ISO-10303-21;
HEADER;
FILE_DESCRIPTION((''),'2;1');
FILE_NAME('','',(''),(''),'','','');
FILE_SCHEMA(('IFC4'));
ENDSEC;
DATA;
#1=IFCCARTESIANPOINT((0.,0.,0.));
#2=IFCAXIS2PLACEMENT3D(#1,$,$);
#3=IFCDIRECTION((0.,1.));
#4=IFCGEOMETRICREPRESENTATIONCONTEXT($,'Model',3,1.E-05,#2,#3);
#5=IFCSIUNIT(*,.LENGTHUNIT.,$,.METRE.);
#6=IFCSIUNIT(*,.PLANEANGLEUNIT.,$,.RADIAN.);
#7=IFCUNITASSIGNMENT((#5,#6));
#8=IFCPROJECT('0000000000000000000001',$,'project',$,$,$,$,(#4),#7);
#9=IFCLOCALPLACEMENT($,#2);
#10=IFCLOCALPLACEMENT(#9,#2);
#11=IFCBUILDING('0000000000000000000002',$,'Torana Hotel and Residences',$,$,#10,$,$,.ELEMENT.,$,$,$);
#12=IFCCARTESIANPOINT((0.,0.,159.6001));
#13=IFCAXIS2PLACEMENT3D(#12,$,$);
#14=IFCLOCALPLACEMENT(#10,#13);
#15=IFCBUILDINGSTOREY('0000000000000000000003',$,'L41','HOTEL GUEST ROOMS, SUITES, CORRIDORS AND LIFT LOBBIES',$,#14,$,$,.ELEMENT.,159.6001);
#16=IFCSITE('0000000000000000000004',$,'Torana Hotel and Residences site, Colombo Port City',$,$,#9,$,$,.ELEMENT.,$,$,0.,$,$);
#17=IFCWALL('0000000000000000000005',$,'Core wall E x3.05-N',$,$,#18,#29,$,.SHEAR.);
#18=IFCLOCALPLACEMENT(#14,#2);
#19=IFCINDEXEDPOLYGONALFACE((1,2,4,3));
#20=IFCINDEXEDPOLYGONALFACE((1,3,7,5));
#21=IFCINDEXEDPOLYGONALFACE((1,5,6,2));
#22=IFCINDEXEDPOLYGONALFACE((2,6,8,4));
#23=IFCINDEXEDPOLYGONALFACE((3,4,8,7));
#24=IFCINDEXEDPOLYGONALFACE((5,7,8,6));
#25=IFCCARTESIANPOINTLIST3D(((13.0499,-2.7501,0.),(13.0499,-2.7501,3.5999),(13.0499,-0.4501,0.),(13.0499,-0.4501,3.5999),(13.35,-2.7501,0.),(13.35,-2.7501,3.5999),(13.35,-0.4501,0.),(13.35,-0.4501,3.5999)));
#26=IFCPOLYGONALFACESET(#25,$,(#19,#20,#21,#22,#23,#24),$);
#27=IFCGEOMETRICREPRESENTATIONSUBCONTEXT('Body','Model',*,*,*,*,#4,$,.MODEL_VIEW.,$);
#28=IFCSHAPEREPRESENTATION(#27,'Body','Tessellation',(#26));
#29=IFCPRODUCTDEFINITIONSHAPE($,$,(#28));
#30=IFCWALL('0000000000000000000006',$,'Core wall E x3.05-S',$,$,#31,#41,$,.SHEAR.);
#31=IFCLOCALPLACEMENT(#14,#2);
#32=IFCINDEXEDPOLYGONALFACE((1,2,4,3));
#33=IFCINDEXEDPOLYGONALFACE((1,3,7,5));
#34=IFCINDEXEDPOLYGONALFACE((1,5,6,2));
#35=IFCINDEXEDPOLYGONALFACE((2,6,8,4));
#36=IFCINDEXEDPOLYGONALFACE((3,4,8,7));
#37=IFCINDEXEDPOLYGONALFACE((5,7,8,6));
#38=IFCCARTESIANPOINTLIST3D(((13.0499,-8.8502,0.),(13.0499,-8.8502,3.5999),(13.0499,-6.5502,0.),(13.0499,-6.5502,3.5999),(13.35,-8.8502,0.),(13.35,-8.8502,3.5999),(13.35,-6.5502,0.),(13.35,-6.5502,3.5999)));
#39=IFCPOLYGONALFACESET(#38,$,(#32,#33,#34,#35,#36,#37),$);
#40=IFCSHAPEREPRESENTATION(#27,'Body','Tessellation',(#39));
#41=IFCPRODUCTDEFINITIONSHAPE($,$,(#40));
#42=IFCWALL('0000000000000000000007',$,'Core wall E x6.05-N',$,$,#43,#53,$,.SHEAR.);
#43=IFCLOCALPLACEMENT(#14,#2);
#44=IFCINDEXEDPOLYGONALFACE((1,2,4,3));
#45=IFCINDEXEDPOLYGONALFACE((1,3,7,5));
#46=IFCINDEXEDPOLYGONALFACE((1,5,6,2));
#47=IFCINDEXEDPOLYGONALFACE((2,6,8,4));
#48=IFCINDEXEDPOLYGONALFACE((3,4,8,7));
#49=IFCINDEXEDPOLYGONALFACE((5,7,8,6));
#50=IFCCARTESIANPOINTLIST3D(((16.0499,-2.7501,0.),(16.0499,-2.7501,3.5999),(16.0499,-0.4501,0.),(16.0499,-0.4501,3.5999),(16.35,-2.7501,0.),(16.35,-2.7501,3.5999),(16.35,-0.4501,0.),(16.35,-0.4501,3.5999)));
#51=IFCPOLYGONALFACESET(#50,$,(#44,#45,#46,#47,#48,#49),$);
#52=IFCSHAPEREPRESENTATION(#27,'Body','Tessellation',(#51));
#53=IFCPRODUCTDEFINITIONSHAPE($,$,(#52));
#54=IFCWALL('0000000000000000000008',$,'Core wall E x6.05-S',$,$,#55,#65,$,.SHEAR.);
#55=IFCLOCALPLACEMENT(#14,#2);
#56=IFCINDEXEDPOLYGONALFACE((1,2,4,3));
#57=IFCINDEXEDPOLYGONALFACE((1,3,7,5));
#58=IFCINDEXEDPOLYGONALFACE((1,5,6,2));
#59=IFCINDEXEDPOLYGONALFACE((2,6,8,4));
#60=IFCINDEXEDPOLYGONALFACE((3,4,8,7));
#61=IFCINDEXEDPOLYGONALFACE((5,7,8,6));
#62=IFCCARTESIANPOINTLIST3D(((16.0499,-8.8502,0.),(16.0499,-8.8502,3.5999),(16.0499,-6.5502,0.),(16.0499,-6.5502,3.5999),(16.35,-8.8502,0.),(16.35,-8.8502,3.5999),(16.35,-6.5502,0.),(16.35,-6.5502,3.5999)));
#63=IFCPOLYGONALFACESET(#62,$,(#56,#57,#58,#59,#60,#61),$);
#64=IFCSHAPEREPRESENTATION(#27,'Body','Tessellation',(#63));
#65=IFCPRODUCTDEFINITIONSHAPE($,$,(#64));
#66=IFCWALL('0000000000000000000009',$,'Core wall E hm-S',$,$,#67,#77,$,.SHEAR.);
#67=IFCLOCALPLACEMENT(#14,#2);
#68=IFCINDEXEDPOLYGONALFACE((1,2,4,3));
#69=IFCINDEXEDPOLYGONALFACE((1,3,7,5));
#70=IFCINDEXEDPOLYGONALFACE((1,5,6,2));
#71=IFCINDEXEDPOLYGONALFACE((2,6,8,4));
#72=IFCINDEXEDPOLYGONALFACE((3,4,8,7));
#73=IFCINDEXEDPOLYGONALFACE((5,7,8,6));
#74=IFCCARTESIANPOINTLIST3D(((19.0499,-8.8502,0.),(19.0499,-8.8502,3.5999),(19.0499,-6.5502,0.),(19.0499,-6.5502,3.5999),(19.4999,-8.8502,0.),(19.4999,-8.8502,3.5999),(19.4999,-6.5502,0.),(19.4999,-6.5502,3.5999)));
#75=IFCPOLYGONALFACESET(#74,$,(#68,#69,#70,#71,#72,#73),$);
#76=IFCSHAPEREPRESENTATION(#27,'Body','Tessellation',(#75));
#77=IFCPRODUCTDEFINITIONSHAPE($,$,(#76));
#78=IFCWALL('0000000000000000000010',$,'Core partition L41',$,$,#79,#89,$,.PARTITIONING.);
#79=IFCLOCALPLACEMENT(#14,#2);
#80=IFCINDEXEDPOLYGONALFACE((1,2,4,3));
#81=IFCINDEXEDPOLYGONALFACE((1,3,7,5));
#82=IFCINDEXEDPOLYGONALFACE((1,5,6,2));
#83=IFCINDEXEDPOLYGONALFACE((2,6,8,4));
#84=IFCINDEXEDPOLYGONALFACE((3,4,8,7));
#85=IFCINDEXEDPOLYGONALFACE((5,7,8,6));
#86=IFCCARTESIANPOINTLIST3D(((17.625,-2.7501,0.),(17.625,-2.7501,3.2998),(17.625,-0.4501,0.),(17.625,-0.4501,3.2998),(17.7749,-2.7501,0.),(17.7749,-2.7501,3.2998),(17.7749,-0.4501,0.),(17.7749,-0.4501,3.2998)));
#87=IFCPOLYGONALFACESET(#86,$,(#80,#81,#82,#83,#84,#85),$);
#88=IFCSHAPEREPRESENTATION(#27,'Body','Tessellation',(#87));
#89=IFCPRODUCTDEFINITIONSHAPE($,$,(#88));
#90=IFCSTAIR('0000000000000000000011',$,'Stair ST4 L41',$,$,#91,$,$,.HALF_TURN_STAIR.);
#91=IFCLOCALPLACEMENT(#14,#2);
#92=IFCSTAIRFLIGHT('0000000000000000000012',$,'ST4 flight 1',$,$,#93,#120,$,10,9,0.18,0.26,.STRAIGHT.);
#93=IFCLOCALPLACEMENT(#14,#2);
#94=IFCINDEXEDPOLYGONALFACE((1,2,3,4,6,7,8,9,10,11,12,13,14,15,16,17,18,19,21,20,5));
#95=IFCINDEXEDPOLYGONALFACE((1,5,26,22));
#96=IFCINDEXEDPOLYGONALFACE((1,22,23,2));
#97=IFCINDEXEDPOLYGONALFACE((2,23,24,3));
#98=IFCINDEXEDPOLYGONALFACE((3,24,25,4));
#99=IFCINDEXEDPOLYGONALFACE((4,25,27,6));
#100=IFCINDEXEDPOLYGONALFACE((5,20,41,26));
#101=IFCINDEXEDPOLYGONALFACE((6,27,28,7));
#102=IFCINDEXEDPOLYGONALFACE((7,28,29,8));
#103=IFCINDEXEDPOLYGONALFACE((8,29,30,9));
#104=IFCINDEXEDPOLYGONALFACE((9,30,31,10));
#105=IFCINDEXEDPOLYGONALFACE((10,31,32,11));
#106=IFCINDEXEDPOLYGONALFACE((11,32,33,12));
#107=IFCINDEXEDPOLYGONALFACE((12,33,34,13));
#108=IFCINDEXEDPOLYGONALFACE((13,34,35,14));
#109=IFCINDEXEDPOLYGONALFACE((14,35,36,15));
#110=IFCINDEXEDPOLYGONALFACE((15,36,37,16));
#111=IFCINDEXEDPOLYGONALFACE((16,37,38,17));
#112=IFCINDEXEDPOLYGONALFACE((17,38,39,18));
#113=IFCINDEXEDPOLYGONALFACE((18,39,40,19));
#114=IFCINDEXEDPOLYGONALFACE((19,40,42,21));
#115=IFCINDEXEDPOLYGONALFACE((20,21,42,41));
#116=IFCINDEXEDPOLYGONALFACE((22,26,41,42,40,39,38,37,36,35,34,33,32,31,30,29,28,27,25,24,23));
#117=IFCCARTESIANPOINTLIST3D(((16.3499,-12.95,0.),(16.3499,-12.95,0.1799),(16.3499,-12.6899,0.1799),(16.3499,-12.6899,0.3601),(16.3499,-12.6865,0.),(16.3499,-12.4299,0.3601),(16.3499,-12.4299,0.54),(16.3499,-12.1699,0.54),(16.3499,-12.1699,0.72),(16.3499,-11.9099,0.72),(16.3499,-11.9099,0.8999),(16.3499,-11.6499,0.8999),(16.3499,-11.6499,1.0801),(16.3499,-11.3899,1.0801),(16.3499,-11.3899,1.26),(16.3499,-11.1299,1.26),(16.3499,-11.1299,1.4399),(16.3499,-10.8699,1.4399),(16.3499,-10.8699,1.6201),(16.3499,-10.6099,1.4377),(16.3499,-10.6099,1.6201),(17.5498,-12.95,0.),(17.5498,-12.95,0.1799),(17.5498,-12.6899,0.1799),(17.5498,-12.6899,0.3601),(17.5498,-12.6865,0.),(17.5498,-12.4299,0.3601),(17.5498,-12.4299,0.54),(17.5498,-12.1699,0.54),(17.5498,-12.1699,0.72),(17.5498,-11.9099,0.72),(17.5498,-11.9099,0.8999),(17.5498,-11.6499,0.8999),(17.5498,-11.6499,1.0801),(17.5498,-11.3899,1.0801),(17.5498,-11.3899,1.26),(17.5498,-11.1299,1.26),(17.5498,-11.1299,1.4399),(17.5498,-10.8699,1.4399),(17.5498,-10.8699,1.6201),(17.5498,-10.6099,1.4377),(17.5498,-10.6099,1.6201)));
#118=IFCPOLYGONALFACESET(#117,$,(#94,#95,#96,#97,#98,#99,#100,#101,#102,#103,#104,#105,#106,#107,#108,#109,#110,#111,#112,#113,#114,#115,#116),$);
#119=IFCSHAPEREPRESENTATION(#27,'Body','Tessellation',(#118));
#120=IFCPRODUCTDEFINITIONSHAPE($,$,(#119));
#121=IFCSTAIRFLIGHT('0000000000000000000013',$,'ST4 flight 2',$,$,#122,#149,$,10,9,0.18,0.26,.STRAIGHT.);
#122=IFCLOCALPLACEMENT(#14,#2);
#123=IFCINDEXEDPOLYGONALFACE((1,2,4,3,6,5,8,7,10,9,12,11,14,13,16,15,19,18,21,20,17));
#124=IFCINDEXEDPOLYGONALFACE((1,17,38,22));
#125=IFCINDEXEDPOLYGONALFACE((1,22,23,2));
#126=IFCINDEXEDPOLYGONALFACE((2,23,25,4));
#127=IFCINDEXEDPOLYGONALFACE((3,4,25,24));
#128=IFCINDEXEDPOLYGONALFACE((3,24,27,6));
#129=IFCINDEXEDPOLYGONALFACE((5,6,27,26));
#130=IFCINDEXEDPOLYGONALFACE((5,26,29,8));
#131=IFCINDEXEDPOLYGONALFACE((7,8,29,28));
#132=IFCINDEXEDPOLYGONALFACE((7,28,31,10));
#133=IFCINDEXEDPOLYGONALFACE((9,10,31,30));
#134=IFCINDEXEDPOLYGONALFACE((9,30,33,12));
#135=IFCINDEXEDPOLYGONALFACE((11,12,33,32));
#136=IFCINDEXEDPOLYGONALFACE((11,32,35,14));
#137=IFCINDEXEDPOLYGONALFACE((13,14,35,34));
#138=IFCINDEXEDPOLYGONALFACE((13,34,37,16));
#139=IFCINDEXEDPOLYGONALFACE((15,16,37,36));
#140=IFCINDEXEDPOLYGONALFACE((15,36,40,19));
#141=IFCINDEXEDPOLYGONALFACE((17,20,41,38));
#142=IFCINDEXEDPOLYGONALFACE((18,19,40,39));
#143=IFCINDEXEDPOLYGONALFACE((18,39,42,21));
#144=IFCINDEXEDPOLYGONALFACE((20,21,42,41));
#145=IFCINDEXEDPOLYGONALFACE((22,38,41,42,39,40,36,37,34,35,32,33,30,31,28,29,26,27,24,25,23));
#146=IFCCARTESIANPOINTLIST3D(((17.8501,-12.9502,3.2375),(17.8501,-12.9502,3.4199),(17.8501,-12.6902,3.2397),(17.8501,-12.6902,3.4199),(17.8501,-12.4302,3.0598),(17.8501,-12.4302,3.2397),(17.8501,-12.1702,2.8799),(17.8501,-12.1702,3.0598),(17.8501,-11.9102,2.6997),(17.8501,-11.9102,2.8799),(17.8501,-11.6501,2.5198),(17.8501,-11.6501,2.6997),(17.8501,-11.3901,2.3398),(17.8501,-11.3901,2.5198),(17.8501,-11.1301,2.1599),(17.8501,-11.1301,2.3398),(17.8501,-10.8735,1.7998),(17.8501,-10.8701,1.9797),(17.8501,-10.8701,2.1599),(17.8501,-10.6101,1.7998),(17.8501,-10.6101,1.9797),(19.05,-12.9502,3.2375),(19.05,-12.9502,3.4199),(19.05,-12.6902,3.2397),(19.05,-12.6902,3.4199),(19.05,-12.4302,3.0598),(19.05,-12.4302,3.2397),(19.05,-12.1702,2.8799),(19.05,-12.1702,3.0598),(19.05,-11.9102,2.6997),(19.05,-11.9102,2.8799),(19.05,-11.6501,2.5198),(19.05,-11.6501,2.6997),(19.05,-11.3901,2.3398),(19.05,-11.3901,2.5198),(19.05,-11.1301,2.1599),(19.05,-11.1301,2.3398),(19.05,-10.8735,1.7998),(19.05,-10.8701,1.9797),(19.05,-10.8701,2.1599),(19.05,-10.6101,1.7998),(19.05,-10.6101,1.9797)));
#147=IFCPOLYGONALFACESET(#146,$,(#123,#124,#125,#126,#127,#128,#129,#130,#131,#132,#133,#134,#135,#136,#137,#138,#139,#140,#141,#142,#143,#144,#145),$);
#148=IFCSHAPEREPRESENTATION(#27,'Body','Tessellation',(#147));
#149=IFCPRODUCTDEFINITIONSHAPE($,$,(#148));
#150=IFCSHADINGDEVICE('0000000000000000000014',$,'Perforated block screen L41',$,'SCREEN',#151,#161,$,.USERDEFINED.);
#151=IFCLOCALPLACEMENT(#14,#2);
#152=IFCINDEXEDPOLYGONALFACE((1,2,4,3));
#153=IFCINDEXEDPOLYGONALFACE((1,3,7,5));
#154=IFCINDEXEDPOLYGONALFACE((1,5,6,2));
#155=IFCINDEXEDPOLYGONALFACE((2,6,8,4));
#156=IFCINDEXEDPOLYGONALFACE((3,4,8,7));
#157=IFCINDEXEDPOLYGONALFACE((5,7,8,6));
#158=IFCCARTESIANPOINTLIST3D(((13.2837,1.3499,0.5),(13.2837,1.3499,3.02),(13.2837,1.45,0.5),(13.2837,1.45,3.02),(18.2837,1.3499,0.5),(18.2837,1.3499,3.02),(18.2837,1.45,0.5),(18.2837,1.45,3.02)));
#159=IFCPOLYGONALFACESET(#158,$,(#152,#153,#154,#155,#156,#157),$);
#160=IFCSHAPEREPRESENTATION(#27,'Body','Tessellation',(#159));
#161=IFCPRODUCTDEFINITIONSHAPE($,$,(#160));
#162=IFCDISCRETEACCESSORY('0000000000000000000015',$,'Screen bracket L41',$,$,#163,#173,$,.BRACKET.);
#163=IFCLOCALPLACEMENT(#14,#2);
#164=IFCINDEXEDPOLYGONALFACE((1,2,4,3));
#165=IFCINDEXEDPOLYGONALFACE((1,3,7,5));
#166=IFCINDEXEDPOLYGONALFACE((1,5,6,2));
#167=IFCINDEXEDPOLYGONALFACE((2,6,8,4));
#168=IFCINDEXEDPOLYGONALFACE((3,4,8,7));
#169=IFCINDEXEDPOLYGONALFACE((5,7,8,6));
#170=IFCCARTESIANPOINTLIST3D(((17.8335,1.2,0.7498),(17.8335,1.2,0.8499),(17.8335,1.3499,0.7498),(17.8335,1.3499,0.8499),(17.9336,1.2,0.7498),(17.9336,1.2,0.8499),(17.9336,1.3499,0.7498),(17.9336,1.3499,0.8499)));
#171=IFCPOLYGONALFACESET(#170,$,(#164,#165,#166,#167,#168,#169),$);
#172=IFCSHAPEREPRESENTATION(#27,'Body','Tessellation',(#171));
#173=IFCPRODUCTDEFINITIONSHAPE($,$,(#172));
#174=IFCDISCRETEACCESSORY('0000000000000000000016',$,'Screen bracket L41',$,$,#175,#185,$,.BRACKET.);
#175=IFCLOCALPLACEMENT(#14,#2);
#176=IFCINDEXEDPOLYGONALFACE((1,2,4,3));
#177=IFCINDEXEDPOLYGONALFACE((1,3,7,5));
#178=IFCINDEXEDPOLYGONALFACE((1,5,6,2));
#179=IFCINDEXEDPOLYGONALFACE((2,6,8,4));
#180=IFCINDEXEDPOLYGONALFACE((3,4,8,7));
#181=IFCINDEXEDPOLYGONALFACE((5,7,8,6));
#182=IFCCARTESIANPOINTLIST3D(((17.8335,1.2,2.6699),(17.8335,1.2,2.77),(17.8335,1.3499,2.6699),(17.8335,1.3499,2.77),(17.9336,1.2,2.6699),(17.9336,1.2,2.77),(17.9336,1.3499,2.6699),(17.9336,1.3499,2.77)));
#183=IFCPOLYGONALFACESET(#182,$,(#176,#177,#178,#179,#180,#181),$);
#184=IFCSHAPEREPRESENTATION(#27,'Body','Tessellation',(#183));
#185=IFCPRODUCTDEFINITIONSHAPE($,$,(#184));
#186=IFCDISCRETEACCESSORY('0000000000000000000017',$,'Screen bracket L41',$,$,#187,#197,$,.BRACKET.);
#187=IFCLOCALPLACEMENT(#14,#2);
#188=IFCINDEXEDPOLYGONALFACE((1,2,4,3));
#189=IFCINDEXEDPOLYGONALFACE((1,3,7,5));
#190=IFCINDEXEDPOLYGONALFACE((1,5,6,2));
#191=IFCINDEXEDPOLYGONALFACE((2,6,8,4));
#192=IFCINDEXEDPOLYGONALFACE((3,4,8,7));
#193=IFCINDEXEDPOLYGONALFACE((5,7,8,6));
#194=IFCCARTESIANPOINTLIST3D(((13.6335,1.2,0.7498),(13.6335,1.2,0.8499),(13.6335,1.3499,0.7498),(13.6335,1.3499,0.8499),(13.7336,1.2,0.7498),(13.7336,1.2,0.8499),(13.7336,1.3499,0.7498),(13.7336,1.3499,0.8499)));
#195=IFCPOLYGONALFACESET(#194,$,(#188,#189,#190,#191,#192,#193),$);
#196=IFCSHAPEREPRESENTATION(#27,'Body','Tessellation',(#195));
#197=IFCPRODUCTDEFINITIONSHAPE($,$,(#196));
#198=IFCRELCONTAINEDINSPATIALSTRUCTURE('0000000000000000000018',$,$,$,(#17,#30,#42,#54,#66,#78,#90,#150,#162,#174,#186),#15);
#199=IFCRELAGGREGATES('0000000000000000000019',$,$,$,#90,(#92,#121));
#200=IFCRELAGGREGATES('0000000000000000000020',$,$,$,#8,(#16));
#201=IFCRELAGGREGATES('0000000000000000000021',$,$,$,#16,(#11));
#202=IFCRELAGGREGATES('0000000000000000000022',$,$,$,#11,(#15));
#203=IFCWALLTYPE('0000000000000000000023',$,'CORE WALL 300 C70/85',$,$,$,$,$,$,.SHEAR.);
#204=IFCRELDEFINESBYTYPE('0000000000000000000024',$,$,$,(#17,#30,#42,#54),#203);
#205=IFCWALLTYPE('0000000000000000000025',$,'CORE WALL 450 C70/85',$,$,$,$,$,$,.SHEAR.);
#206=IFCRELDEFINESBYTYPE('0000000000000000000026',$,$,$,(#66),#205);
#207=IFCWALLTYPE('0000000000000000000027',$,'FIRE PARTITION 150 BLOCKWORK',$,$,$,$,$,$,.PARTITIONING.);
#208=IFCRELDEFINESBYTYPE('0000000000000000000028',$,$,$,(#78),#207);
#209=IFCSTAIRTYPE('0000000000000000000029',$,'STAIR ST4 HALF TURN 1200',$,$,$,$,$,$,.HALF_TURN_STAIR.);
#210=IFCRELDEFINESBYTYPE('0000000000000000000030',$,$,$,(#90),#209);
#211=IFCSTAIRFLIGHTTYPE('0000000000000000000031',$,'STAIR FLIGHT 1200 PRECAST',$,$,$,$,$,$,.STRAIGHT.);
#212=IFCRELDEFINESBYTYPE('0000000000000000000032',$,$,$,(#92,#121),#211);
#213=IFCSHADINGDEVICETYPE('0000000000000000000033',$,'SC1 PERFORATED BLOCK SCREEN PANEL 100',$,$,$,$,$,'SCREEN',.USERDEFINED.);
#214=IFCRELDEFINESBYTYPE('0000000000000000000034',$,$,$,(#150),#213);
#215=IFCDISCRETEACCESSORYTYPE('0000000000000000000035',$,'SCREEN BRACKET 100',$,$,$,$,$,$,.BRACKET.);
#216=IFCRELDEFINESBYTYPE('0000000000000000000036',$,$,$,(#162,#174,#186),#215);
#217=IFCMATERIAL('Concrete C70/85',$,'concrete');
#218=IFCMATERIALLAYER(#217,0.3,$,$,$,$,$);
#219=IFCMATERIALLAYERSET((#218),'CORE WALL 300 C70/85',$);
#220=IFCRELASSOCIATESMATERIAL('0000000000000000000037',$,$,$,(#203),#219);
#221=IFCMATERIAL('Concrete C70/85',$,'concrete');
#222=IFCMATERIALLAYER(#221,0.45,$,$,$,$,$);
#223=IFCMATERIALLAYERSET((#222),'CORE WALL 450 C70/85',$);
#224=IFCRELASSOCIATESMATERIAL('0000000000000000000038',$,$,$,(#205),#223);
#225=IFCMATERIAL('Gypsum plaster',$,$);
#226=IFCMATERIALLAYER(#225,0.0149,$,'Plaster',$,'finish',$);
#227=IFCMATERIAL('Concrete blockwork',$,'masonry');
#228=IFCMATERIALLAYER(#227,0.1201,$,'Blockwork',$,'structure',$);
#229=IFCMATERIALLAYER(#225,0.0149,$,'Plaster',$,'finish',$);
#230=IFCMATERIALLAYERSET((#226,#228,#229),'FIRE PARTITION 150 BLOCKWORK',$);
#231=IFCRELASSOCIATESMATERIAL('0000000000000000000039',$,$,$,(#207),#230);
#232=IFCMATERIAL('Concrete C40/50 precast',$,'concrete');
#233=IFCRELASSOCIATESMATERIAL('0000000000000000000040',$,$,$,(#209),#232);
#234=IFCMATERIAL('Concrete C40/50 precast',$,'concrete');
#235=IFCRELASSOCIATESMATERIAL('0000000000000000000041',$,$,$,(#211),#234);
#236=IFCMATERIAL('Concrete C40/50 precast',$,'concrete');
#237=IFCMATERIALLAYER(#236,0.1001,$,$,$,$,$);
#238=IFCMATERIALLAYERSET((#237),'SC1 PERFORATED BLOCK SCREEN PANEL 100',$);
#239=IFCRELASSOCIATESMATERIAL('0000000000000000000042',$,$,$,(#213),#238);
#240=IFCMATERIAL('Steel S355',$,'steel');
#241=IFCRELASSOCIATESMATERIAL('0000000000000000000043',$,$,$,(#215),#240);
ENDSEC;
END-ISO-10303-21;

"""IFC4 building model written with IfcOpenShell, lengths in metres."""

from ifc_helpers import new_model, si_unit, direction, frame, frame_2d, origin, origin_2d, place, context, subcontext, project, spatial, polyline, rectangle, outline, extrude, material, layer, layer_set, type_object, element, aggregate, save


model = new_model("IFC4")

# Units and contexts
model_context = context("Model", 3, precision=1e-05, world=origin(), true_north=direction((0.0, 1.0)))
body_context = subcontext(model_context, "Body", "Model", "MODEL_VIEW")
ifc_project = project(units=[si_unit("LENGTHUNIT", "METRE"), si_unit("PLANEANGLEUNIT", "RADIAN")], contexts=[model_context])

# Site, building, storey
site_placement = place(None, origin())
site = spatial("IfcSite", under=ifc_project, at=site_placement, Name="Torana Hotel and Residences site, Colombo Port City", CompositionType="ELEMENT", RefElevation=0.0)
building_placement = place(site_placement, origin())
building = spatial("IfcBuilding", under=site, at=building_placement, Name="Torana Hotel and Residences", CompositionType="ELEMENT")
storey_placement = place(building_placement, frame((0.0, 0.0, 159.6001)))
storey = spatial("IfcBuildingStorey", under=building, at=storey_placement, Name="L41", Description="HOTEL GUEST ROOMS, SUITES, CORRIDORS AND LIFT LOBBIES", CompositionType="ELEMENT", Elevation=159.6001)

# Walls
ifc_material_1 = material(Name="Concrete C70/85", Category="concrete")
ifc_layer_1 = layer(ifc_material_1, 0.3)
ifc_layer_set_1 = layer_set([ifc_layer_1], Name="CORE WALL 300 C70/85")
wall_type_1 = type_object("IfcWallType", Name="CORE WALL 300 C70/85", PredefinedType="SHEAR", material=ifc_layer_set_1)
for number, where, z_axis, x_axis, name in (
    (1, (13.2, -2.75, 0.0), (0.0, 0.0, 1.0), (0.0, 1.0, 0.0), "Core wall E x3.05-N"),
    (2, (13.2, -8.8501, 0.0), (0.0, 0.0, 1.0), (0.0, 1.0, 0.0), "Core wall E x3.05-S"),
    (3, (16.2, -2.75, 0.0), (0.0, 0.0, 1.0), (0.0, 1.0, 0.0), "Core wall E x6.05-N"),
    (4, (16.2, -8.8501, 0.0), (0.0, 0.0, 1.0), (0.0, 1.0, 0.0), "Core wall E x6.05-S"),
):
    element("IfcWall", number, at=place(storey_placement, frame(where, z_axis=z_axis, x_axis=x_axis)), inside=storey, type_object=wall_type_1, Name=name, PredefinedType="SHEAR", context=body_context, shape_type="SweptSolid", body=[
        extrude(rectangle(XDim=2.3, YDim=0.3, at=frame_2d((1.1499, 0.0))), origin(), (0.0, 0.0, 1.0), 3.5999),
    ])
ifc_material_2 = material(Name="Concrete C70/85", Category="concrete")
ifc_layer_2 = layer(ifc_material_2, 0.45)
ifc_layer_set_2 = layer_set([ifc_layer_2], Name="CORE WALL 450 C70/85")
wall_type_2 = type_object("IfcWallType", Name="CORE WALL 450 C70/85", PredefinedType="SHEAR", material=ifc_layer_set_2)
wall_1_placement = place(storey_placement, frame((19.2749, -8.8501, 0.0), z_axis=(0.0, 0.0, 1.0), x_axis=(0.0, 1.0, 0.0)))
element("IfcWall", 5, at=wall_1_placement, inside=storey, type_object=wall_type_2, Name="Core wall E hm-S", PredefinedType="SHEAR", context=body_context, shape_type="SweptSolid", body=[
    extrude(rectangle(XDim=2.3, YDim=0.45, at=frame_2d((1.1499, 0.0))), origin(), (0.0, 0.0, 1.0), 3.5999),
])
ifc_material_3 = material(Name="Gypsum plaster")
ifc_layer_3 = layer(ifc_material_3, 0.0149, Name="Plaster", Category="finish")
ifc_material_4 = material(Name="Concrete blockwork", Category="masonry")
ifc_layer_4 = layer(ifc_material_4, 0.1201, Name="Blockwork", Category="structure")
ifc_layer_5 = layer(ifc_material_3, 0.0149, Name="Plaster", Category="finish")
ifc_layer_set_3 = layer_set([ifc_layer_3, ifc_layer_4, ifc_layer_5], Name="FIRE PARTITION 150 BLOCKWORK")
wall_type_3 = type_object("IfcWallType", Name="FIRE PARTITION 150 BLOCKWORK", PredefinedType="PARTITIONING", material=ifc_layer_set_3)
wall_2_placement = place(storey_placement, frame((17.7, -2.75, 0.0), z_axis=(0.0, 0.0, 1.0), x_axis=(0.0, 1.0, 0.0)))
element("IfcWall", 6, at=wall_2_placement, inside=storey, type_object=wall_type_3, Name="Core partition L41", PredefinedType="PARTITIONING", context=body_context, shape_type="SweptSolid", body=[
    extrude(rectangle(XDim=2.3, YDim=0.1499, at=frame_2d((1.1499, 0.0))), origin(), (0.0, 0.0, 1.0), 3.2998),
])

# Stair, stair flights
ifc_material_5 = material(Name="Concrete C40/50 precast", Category="concrete")
stair_type = type_object("IfcStairType", Name="STAIR ST4 HALF TURN 1200", PredefinedType="HALF_TURN_STAIR", material=ifc_material_5)
stair_placement = place(storey_placement, origin())
stair = element("IfcStair", 7, at=stair_placement, inside=storey, type_object=stair_type, Name="Stair ST4 L41", PredefinedType="HALF_TURN_STAIR")
ifc_material_6 = material(Name="Concrete C40/50 precast", Category="concrete")
stair_flight_type = type_object("IfcStairFlightType", Name="STAIR FLIGHT 1200 PRECAST", PredefinedType="STRAIGHT", material=ifc_material_6)
stair_flight_1_placement = place(storey_placement, frame((16.95, -12.95, 0.0), z_axis=(0.0, 0.0, 1.0), x_axis=(0.0, 1.0, 0.0)))
stair_flight_1 = element("IfcStairFlight", 8, at=stair_flight_1_placement, type_object=stair_flight_type, Name="ST4 flight 1", NumberOfRisers=10, NumberOfTreads=9, PredefinedType="STRAIGHT", RiserHeight=0.18, TreadLength=0.26, context=body_context, shape_type="SweptSolid", body=[
    extrude(outline(polyline([(0.0, 0.0), (0.0, 0.1799), (0.26, 0.1799), (0.26, 0.3601), (0.52, 0.3601), (0.52, 0.54), (0.78, 0.54), (0.78, 0.72), (1.04, 0.72), (1.04, 0.8999), (1.3, 0.8999), (1.3, 1.0801), (1.5601, 1.0801), (1.5601, 1.26), (1.8201, 1.26), (1.8201, 1.4399), (2.0801, 1.4399), (2.0801, 1.6201), (2.3401, 1.6201), (2.3401, 1.8), (2.3401, 1.4377), (0.2634, 0.0), (0.0, 0.0)])), frame((0.0, 0.6001, 0.0), z_axis=(0.0, -1.0, 0.0), x_axis=(1.0, 0.0, 0.0)), (0.0, 0.0, 1.0), 1.2),
])
stair_flight_2_placement = place(storey_placement, frame((18.45, -10.6101, 1.7998), z_axis=(0.0, 0.0, 1.0), x_axis=(0.0, -1.0, 0.0)))
stair_flight_2 = element("IfcStairFlight", 9, at=stair_flight_2_placement, type_object=stair_flight_type, Name="ST4 flight 2", NumberOfRisers=10, NumberOfTreads=9, PredefinedType="STRAIGHT", RiserHeight=0.18, TreadLength=0.26, context=body_context, shape_type="SweptSolid", body=[
    extrude(outline(polyline([(0.0, 0.0), (0.0, 0.1799), (0.26, 0.1799), (0.26, 0.3601), (0.52, 0.3601), (0.52, 0.54), (0.78, 0.54), (0.78, 0.72), (1.04, 0.72), (1.04, 0.8999), (1.3, 0.8999), (1.3, 1.0801), (1.5601, 1.0801), (1.5601, 1.26), (1.8201, 1.26), (1.8201, 1.4399), (2.0801, 1.4399), (2.0801, 1.6201), (2.3401, 1.6201), (2.3401, 1.8), (2.3401, 1.4377), (0.2634, 0.0), (0.0, 0.0)])), frame((0.0, 0.6001, 0.0), z_axis=(0.0, -1.0, 0.0), x_axis=(1.0, 0.0, 0.0)), (0.0, 0.0, 1.0), 1.2),
])
aggregate(stair, [stair_flight_1, stair_flight_2])

# Shading device
ifc_material_7 = material(Name="Concrete C40/50 precast", Category="concrete")
ifc_layer_6 = layer(ifc_material_7, 0.1001)
ifc_layer_set_4 = layer_set([ifc_layer_6], Name="SC1 PERFORATED BLOCK SCREEN PANEL 100")
shading_device_type = type_object("IfcShadingDeviceType", Name="SC1 PERFORATED BLOCK SCREEN PANEL 100", ElementType="SCREEN", PredefinedType="USERDEFINED", material=ifc_layer_set_4)
shading_device_placement = place(storey_placement, frame((15.7837, 1.3999, 0.5), z_axis=(0.0, 0.0, 1.0), x_axis=(-1.0, 0.0, 0.0)))
element("IfcShadingDevice", 10, at=shading_device_placement, inside=storey, type_object=shading_device_type, Name="Perforated block screen L41", ObjectType="SCREEN", PredefinedType="USERDEFINED", context=body_context, shape_type="SweptSolid", body=[
    extrude(rectangle(XDim=5.0, YDim=0.1001, at=origin_2d()), origin(), (0.0, 0.0, 1.0), 2.52),
])

# Discrete accessories
ifc_material_8 = material(Name="Steel S355", Category="steel")
discrete_accessory_type = type_object("IfcDiscreteAccessoryType", Name="SCREEN BRACKET 100", PredefinedType="BRACKET", material=ifc_material_8)
for number, where, z_axis, x_axis, name in (
    (11, (17.8835, 1.2749, 0.7498), (0.0, 0.0, 1.0), (-1.0, 0.0, 0.0), "Screen bracket L41"),
    (12, (17.8835, 1.2749, 2.6699), (0.0, 0.0, 1.0), (-1.0, 0.0, 0.0), "Screen bracket L41"),
    (13, (13.6836, 1.2749, 0.7498), (0.0, 0.0, 1.0), (-1.0, 0.0, 0.0), "Screen bracket L41"),
):
    element("IfcDiscreteAccessory", number, at=place(storey_placement, frame(where, z_axis=z_axis, x_axis=x_axis)), inside=storey, type_object=discrete_accessory_type, Name=name, PredefinedType="BRACKET", context=body_context, shape_type="SweptSolid", body=[
        extrude(rectangle(XDim=0.1001, YDim=0.1499, at=origin_2d()), origin(), (0.0, 0.0, 1.0), 0.1001),
    ])

save(model, "model.ifc")
